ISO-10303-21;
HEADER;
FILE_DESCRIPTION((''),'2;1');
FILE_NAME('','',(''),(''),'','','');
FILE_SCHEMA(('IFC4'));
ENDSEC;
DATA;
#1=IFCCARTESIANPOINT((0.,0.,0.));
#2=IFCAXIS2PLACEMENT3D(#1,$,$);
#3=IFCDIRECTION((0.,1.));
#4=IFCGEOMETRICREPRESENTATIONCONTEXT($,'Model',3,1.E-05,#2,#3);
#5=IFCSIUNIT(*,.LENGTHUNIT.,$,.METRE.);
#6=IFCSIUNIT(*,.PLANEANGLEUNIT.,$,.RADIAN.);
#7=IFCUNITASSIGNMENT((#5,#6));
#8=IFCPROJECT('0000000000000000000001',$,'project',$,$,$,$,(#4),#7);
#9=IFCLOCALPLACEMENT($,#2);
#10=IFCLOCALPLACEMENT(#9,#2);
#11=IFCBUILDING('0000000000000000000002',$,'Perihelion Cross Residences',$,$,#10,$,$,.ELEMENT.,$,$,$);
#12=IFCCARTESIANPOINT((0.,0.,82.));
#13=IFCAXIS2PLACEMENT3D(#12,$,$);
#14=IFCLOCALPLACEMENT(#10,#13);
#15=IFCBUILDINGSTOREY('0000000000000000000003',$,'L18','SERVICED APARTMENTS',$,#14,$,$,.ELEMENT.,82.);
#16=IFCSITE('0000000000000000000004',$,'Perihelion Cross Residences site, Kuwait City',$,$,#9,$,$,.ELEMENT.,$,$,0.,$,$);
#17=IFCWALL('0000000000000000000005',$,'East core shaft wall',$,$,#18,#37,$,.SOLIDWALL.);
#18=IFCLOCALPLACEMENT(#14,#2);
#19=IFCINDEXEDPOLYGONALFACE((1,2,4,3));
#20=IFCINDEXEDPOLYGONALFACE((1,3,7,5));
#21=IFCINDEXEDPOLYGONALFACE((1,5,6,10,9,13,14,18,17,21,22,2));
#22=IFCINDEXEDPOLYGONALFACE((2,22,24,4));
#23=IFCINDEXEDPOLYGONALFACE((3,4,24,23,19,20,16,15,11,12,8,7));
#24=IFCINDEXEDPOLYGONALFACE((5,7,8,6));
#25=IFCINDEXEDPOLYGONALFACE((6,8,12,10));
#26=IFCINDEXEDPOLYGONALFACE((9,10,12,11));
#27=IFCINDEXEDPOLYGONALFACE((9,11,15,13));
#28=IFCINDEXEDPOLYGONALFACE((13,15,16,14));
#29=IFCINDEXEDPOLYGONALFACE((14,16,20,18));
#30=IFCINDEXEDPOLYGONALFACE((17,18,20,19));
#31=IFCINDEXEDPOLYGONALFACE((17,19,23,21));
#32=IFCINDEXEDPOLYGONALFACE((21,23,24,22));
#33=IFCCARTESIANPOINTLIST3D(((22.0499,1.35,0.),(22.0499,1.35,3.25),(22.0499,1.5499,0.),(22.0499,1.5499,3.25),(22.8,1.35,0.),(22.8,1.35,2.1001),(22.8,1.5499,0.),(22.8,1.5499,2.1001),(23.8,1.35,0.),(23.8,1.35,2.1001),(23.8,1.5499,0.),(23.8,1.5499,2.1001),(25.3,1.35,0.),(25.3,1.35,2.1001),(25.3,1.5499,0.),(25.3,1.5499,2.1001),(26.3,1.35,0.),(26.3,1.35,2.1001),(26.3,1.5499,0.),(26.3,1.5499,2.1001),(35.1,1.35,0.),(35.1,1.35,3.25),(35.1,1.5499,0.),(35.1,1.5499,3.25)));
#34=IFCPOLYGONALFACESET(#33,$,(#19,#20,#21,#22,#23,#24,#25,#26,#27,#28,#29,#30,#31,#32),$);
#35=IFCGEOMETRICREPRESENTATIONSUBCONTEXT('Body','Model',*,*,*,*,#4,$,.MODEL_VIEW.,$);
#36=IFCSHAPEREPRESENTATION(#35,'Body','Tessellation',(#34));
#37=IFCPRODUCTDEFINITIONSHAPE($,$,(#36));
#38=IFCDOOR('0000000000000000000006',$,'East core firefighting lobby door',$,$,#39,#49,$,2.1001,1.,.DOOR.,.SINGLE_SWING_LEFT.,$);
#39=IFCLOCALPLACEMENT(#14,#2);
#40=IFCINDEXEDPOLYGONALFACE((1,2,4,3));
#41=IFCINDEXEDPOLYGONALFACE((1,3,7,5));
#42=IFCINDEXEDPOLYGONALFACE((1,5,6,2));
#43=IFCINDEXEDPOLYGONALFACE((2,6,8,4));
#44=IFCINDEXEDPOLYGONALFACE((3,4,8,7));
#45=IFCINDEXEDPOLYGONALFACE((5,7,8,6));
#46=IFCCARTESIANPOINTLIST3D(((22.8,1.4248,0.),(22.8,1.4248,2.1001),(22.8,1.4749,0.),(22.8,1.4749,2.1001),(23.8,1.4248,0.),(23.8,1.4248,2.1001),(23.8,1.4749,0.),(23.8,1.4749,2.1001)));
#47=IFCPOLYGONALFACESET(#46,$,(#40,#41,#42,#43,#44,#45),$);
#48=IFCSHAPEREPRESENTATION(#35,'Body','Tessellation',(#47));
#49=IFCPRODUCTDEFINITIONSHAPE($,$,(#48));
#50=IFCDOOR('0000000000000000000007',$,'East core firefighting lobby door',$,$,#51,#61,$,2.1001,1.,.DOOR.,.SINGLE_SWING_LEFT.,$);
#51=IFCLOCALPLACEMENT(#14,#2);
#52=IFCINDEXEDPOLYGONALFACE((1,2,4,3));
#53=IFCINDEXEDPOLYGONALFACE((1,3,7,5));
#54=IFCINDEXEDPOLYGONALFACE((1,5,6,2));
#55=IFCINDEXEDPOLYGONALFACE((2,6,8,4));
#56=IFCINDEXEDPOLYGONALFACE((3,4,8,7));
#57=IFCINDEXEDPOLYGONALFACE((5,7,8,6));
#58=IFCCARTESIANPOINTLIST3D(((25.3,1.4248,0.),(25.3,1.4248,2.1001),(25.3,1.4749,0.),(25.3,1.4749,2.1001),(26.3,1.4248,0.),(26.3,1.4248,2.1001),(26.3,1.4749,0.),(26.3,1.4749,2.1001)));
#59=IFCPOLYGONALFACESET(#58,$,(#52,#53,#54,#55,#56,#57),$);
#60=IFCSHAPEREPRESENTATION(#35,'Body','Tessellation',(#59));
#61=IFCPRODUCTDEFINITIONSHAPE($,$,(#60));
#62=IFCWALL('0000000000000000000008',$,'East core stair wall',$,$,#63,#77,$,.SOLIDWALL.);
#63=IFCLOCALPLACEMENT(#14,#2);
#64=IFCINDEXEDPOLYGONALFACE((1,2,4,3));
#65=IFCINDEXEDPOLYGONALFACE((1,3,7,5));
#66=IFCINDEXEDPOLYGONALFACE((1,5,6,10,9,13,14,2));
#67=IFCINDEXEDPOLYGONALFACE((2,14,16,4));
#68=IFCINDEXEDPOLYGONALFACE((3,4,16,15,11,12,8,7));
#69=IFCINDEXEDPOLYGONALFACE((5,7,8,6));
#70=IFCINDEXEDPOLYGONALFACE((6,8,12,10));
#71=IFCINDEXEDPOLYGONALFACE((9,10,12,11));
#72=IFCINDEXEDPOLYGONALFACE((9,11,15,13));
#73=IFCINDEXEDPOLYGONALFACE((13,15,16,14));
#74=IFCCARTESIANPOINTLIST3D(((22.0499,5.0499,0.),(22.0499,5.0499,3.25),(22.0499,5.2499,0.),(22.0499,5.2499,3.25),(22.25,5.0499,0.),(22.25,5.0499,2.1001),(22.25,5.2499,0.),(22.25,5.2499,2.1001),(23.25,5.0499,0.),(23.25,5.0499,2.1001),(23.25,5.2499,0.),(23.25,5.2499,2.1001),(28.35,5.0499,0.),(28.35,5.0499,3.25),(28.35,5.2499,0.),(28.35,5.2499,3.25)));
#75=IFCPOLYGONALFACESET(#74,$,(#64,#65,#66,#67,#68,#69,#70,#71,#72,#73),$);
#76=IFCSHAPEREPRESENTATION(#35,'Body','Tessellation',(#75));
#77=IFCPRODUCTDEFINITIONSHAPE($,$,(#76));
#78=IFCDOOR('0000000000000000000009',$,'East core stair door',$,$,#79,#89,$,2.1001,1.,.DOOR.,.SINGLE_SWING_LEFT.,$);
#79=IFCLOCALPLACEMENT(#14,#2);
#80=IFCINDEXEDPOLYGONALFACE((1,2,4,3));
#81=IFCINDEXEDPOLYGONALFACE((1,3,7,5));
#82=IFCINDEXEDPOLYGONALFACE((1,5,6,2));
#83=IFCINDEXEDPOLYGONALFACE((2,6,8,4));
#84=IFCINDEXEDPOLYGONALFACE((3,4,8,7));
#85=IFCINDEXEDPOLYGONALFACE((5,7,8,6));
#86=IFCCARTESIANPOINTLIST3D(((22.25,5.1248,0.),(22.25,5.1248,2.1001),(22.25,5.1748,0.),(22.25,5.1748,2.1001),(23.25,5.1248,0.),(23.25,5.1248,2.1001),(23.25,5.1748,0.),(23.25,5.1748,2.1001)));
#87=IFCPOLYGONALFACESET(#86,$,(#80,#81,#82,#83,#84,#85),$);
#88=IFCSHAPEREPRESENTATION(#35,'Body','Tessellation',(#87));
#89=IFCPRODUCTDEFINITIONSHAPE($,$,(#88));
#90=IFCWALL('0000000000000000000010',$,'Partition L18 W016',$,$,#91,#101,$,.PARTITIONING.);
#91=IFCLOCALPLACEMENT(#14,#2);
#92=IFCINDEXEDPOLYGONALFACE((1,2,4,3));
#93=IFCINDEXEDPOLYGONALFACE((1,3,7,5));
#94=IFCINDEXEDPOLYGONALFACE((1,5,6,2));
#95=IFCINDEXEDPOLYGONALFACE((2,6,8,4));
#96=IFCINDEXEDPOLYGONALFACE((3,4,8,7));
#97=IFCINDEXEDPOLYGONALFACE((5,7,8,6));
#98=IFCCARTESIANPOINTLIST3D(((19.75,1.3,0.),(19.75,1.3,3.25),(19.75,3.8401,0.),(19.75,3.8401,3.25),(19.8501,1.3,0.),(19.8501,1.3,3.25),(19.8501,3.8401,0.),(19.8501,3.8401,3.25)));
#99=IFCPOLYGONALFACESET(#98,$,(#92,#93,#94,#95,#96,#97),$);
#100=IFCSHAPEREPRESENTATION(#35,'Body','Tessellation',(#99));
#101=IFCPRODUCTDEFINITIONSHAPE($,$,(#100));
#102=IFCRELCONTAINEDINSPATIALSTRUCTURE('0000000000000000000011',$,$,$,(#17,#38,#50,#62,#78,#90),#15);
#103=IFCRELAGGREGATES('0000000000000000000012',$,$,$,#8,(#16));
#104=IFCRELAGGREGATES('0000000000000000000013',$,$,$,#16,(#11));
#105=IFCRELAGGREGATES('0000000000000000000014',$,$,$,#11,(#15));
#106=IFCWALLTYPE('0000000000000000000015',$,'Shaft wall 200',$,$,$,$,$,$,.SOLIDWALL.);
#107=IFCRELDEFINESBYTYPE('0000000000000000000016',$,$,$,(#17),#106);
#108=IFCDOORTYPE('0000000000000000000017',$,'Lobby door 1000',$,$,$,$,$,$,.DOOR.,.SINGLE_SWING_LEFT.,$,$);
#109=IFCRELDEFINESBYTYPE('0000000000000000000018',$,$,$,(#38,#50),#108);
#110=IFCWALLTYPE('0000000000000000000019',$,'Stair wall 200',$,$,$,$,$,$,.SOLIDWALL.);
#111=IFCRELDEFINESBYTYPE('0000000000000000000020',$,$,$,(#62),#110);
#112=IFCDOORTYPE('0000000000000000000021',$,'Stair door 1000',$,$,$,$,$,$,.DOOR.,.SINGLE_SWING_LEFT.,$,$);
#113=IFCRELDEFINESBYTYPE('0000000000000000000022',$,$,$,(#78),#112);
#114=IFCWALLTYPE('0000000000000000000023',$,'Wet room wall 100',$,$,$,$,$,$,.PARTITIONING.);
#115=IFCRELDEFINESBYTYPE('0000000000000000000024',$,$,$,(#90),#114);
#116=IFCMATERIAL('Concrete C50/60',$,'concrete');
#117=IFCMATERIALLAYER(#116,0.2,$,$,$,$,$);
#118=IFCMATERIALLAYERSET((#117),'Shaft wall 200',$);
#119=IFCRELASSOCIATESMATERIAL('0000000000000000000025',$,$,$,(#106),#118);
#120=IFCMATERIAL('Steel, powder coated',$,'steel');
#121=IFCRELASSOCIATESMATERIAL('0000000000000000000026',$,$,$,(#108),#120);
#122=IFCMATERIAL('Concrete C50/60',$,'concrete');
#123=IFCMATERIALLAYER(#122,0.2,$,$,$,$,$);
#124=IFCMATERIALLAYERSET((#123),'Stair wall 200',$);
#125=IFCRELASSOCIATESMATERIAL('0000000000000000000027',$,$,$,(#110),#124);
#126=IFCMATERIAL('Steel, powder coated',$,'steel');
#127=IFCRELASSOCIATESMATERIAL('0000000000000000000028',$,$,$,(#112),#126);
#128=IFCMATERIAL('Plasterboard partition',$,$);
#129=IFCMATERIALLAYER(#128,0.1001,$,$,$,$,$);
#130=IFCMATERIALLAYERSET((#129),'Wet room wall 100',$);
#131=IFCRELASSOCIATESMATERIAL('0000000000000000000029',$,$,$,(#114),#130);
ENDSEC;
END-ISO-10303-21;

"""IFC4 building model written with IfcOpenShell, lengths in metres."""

from ifc_helpers import new_model, si_unit, direction, frame, frame_2d, origin, place, context, subcontext, project, spatial, rectangle, extrude, material, layer, layer_set, type_object, element, fill, save


model = new_model("IFC4")

# Units and contexts
model_context = context("Model", 3, precision=1e-05, world=origin(), true_north=direction((0.0, 1.0)))
body_context = subcontext(model_context, "Body", "Model", "MODEL_VIEW")
ifc_project = project(units=[si_unit("LENGTHUNIT", "METRE"), si_unit("PLANEANGLEUNIT", "RADIAN")], contexts=[model_context])

# Site, building, storey
site_placement = place(None, origin())
site = spatial("IfcSite", under=ifc_project, at=site_placement, Name="Perihelion Cross Residences site, Kuwait City", CompositionType="ELEMENT", RefElevation=0.0)
building_placement = place(site_placement, origin())
building = spatial("IfcBuilding", under=site, at=building_placement, Name="Perihelion Cross Residences", CompositionType="ELEMENT")
storey_placement = place(building_placement, frame((0.0, 0.0, 82.0)))
storey = spatial("IfcBuildingStorey", under=building, at=storey_placement, Name="L18", Description="SERVICED APARTMENTS", CompositionType="ELEMENT", Elevation=82.0)

# Wall, openings, doors
ifc_material_1 = material(Name="Concrete C50/60", Category="concrete")
ifc_layer_1 = layer(ifc_material_1, 0.2)
ifc_layer_set_1 = layer_set([ifc_layer_1], Name="Shaft wall 200")
wall_type_1 = type_object("IfcWallType", Name="Shaft wall 200", PredefinedType="SOLIDWALL", material=ifc_layer_set_1)
wall_1_placement = place(storey_placement, frame((22.05, 1.45, 0.0), z_axis=(0.0, 0.0, 1.0), x_axis=(1.0, 0.0, 0.0)))
wall_1 = element("IfcWall", 1, at=wall_1_placement, inside=storey, type_object=wall_type_1, Name="East core shaft wall", PredefinedType="SOLIDWALL", context=body_context, shape_type="SweptSolid", body=[
    extrude(rectangle(XDim=13.05, YDim=0.2, at=frame_2d((6.5249, 0.0))), origin(), (0.0, 0.0, 1.0), 3.25),
])
opening_1_placement = place(wall_1_placement, frame((0.75, 0.0, 0.0)))
opening_1 = element("IfcOpeningElement", 2, at=opening_1_placement, cuts=wall_1, PredefinedType="OPENING", context=body_context, shape_type="SweptSolid", body=[
    extrude(rectangle(XDim=1.0, YDim=2.1001, at=frame_2d((0.5, 1.05))), frame((0.0, 0.1099, 0.0), z_axis=(0.0, -1.0, 0.0), x_axis=(1.0, 0.0, 0.0)), (0.0, 0.0, 1.0), 0.22),
])
opening_2_placement = place(wall_1_placement, frame((3.25, 0.0, 0.0)))
opening_2 = element("IfcOpeningElement", 3, at=opening_2_placement, cuts=wall_1, PredefinedType="OPENING", context=body_context, shape_type="SweptSolid", body=[
    extrude(rectangle(XDim=1.0, YDim=2.1001, at=frame_2d((0.5, 1.05))), frame((0.0, 0.1099, 0.0), z_axis=(0.0, -1.0, 0.0), x_axis=(1.0, 0.0, 0.0)), (0.0, 0.0, 1.0), 0.22),
])
ifc_material_2 = material(Name="Steel, powder coated", Category="steel")
door_type_1 = type_object("IfcDoorType", Name="Lobby door 1000", OperationType="SINGLE_SWING_LEFT", PredefinedType="DOOR", material=ifc_material_2)
door_1_placement = place(opening_1_placement, origin())
door_1 = element("IfcDoor", 4, at=door_1_placement, inside=storey, type_object=door_type_1, Name="East core firefighting lobby door", OperationType="SINGLE_SWING_LEFT", OverallHeight=2.1001, OverallWidth=1.0, PredefinedType="DOOR", context=body_context, shape_type="SweptSolid", body=[
    extrude(rectangle(XDim=1.0, YDim=2.1001, at=frame_2d((0.5, 1.05))), frame((0.0, 0.0249, 0.0), z_axis=(0.0, -1.0, 0.0), x_axis=(1.0, 0.0, 0.0)), (0.0, 0.0, 1.0), 0.05),
])
fill(opening_1, door_1)
door_2_placement = place(opening_2_placement, origin())
door_2 = element("IfcDoor", 5, at=door_2_placement, inside=storey, type_object=door_type_1, Name="East core firefighting lobby door", OperationType="SINGLE_SWING_LEFT", OverallHeight=2.1001, OverallWidth=1.0, PredefinedType="DOOR", context=body_context, shape_type="SweptSolid", body=[
    extrude(rectangle(XDim=1.0, YDim=2.1001, at=frame_2d((0.5, 1.05))), frame((0.0, 0.0249, 0.0), z_axis=(0.0, -1.0, 0.0), x_axis=(1.0, 0.0, 0.0)), (0.0, 0.0, 1.0), 0.05),
])
fill(opening_2, door_2)

# Wall, opening, door
ifc_material_3 = material(Name="Concrete C50/60", Category="concrete")
ifc_layer_2 = layer(ifc_material_3, 0.2)
ifc_layer_set_2 = layer_set([ifc_layer_2], Name="Stair wall 200")
wall_type_2 = type_object("IfcWallType", Name="Stair wall 200", PredefinedType="SOLIDWALL", material=ifc_layer_set_2)
wall_2_placement = place(storey_placement, frame((22.05, 5.1499, 0.0), z_axis=(0.0, 0.0, 1.0), x_axis=(1.0, 0.0, 0.0)))
wall_2 = element("IfcWall", 6, at=wall_2_placement, inside=storey, type_object=wall_type_2, Name="East core stair wall", PredefinedType="SOLIDWALL", context=body_context, shape_type="SweptSolid", body=[
    extrude(rectangle(XDim=6.3, YDim=0.2, at=frame_2d((3.1499, 0.0))), origin(), (0.0, 0.0, 1.0), 3.25),
])
opening_3_placement = place(wall_2_placement, frame((0.2, 0.0, 0.0)))
opening_3 = element("IfcOpeningElement", 7, at=opening_3_placement, cuts=wall_2, PredefinedType="OPENING", context=body_context, shape_type="SweptSolid", body=[
    extrude(rectangle(XDim=1.0, YDim=2.1001, at=frame_2d((0.5, 1.05))), frame((0.0, 0.1099, 0.0), z_axis=(0.0, -1.0, 0.0), x_axis=(1.0, 0.0, 0.0)), (0.0, 0.0, 1.0), 0.22),
])
ifc_material_4 = material(Name="Steel, powder coated", Category="steel")
door_type_2 = type_object("IfcDoorType", Name="Stair door 1000", OperationType="SINGLE_SWING_LEFT", PredefinedType="DOOR", material=ifc_material_4)
door_3_placement = place(opening_3_placement, origin())
door_3 = element("IfcDoor", 8, at=door_3_placement, inside=storey, type_object=door_type_2, Name="East core stair door", OperationType="SINGLE_SWING_LEFT", OverallHeight=2.1001, OverallWidth=1.0, PredefinedType="DOOR", context=body_context, shape_type="SweptSolid", body=[
    extrude(rectangle(XDim=1.0, YDim=2.1001, at=frame_2d((0.5, 1.05))), frame((0.0, 0.0249, 0.0), z_axis=(0.0, -1.0, 0.0), x_axis=(1.0, 0.0, 0.0)), (0.0, 0.0, 1.0), 0.05),
])
fill(opening_3, door_3)

# Wall
ifc_material_5 = material(Name="Plasterboard partition")
ifc_layer_3 = layer(ifc_material_5, 0.1001)
ifc_layer_set_3 = layer_set([ifc_layer_3], Name="Wet room wall 100")
wall_type_3 = type_object("IfcWallType", Name="Wet room wall 100", PredefinedType="PARTITIONING", material=ifc_layer_set_3)
wall_3_placement = place(storey_placement, frame((19.8, 3.8401, 0.0), z_axis=(0.0, 0.0, 1.0), x_axis=(0.0, -1.0, 0.0)))
element("IfcWall", 9, at=wall_3_placement, inside=storey, type_object=wall_type_3, Name="Partition L18 W016", PredefinedType="PARTITIONING", context=body_context, shape_type="SweptSolid", body=[
    extrude(rectangle(XDim=2.54, YDim=0.1001, at=frame_2d((1.27, 0.0))), origin(), (0.0, 0.0, 1.0), 3.25),
])

save(model, "model.ifc")
